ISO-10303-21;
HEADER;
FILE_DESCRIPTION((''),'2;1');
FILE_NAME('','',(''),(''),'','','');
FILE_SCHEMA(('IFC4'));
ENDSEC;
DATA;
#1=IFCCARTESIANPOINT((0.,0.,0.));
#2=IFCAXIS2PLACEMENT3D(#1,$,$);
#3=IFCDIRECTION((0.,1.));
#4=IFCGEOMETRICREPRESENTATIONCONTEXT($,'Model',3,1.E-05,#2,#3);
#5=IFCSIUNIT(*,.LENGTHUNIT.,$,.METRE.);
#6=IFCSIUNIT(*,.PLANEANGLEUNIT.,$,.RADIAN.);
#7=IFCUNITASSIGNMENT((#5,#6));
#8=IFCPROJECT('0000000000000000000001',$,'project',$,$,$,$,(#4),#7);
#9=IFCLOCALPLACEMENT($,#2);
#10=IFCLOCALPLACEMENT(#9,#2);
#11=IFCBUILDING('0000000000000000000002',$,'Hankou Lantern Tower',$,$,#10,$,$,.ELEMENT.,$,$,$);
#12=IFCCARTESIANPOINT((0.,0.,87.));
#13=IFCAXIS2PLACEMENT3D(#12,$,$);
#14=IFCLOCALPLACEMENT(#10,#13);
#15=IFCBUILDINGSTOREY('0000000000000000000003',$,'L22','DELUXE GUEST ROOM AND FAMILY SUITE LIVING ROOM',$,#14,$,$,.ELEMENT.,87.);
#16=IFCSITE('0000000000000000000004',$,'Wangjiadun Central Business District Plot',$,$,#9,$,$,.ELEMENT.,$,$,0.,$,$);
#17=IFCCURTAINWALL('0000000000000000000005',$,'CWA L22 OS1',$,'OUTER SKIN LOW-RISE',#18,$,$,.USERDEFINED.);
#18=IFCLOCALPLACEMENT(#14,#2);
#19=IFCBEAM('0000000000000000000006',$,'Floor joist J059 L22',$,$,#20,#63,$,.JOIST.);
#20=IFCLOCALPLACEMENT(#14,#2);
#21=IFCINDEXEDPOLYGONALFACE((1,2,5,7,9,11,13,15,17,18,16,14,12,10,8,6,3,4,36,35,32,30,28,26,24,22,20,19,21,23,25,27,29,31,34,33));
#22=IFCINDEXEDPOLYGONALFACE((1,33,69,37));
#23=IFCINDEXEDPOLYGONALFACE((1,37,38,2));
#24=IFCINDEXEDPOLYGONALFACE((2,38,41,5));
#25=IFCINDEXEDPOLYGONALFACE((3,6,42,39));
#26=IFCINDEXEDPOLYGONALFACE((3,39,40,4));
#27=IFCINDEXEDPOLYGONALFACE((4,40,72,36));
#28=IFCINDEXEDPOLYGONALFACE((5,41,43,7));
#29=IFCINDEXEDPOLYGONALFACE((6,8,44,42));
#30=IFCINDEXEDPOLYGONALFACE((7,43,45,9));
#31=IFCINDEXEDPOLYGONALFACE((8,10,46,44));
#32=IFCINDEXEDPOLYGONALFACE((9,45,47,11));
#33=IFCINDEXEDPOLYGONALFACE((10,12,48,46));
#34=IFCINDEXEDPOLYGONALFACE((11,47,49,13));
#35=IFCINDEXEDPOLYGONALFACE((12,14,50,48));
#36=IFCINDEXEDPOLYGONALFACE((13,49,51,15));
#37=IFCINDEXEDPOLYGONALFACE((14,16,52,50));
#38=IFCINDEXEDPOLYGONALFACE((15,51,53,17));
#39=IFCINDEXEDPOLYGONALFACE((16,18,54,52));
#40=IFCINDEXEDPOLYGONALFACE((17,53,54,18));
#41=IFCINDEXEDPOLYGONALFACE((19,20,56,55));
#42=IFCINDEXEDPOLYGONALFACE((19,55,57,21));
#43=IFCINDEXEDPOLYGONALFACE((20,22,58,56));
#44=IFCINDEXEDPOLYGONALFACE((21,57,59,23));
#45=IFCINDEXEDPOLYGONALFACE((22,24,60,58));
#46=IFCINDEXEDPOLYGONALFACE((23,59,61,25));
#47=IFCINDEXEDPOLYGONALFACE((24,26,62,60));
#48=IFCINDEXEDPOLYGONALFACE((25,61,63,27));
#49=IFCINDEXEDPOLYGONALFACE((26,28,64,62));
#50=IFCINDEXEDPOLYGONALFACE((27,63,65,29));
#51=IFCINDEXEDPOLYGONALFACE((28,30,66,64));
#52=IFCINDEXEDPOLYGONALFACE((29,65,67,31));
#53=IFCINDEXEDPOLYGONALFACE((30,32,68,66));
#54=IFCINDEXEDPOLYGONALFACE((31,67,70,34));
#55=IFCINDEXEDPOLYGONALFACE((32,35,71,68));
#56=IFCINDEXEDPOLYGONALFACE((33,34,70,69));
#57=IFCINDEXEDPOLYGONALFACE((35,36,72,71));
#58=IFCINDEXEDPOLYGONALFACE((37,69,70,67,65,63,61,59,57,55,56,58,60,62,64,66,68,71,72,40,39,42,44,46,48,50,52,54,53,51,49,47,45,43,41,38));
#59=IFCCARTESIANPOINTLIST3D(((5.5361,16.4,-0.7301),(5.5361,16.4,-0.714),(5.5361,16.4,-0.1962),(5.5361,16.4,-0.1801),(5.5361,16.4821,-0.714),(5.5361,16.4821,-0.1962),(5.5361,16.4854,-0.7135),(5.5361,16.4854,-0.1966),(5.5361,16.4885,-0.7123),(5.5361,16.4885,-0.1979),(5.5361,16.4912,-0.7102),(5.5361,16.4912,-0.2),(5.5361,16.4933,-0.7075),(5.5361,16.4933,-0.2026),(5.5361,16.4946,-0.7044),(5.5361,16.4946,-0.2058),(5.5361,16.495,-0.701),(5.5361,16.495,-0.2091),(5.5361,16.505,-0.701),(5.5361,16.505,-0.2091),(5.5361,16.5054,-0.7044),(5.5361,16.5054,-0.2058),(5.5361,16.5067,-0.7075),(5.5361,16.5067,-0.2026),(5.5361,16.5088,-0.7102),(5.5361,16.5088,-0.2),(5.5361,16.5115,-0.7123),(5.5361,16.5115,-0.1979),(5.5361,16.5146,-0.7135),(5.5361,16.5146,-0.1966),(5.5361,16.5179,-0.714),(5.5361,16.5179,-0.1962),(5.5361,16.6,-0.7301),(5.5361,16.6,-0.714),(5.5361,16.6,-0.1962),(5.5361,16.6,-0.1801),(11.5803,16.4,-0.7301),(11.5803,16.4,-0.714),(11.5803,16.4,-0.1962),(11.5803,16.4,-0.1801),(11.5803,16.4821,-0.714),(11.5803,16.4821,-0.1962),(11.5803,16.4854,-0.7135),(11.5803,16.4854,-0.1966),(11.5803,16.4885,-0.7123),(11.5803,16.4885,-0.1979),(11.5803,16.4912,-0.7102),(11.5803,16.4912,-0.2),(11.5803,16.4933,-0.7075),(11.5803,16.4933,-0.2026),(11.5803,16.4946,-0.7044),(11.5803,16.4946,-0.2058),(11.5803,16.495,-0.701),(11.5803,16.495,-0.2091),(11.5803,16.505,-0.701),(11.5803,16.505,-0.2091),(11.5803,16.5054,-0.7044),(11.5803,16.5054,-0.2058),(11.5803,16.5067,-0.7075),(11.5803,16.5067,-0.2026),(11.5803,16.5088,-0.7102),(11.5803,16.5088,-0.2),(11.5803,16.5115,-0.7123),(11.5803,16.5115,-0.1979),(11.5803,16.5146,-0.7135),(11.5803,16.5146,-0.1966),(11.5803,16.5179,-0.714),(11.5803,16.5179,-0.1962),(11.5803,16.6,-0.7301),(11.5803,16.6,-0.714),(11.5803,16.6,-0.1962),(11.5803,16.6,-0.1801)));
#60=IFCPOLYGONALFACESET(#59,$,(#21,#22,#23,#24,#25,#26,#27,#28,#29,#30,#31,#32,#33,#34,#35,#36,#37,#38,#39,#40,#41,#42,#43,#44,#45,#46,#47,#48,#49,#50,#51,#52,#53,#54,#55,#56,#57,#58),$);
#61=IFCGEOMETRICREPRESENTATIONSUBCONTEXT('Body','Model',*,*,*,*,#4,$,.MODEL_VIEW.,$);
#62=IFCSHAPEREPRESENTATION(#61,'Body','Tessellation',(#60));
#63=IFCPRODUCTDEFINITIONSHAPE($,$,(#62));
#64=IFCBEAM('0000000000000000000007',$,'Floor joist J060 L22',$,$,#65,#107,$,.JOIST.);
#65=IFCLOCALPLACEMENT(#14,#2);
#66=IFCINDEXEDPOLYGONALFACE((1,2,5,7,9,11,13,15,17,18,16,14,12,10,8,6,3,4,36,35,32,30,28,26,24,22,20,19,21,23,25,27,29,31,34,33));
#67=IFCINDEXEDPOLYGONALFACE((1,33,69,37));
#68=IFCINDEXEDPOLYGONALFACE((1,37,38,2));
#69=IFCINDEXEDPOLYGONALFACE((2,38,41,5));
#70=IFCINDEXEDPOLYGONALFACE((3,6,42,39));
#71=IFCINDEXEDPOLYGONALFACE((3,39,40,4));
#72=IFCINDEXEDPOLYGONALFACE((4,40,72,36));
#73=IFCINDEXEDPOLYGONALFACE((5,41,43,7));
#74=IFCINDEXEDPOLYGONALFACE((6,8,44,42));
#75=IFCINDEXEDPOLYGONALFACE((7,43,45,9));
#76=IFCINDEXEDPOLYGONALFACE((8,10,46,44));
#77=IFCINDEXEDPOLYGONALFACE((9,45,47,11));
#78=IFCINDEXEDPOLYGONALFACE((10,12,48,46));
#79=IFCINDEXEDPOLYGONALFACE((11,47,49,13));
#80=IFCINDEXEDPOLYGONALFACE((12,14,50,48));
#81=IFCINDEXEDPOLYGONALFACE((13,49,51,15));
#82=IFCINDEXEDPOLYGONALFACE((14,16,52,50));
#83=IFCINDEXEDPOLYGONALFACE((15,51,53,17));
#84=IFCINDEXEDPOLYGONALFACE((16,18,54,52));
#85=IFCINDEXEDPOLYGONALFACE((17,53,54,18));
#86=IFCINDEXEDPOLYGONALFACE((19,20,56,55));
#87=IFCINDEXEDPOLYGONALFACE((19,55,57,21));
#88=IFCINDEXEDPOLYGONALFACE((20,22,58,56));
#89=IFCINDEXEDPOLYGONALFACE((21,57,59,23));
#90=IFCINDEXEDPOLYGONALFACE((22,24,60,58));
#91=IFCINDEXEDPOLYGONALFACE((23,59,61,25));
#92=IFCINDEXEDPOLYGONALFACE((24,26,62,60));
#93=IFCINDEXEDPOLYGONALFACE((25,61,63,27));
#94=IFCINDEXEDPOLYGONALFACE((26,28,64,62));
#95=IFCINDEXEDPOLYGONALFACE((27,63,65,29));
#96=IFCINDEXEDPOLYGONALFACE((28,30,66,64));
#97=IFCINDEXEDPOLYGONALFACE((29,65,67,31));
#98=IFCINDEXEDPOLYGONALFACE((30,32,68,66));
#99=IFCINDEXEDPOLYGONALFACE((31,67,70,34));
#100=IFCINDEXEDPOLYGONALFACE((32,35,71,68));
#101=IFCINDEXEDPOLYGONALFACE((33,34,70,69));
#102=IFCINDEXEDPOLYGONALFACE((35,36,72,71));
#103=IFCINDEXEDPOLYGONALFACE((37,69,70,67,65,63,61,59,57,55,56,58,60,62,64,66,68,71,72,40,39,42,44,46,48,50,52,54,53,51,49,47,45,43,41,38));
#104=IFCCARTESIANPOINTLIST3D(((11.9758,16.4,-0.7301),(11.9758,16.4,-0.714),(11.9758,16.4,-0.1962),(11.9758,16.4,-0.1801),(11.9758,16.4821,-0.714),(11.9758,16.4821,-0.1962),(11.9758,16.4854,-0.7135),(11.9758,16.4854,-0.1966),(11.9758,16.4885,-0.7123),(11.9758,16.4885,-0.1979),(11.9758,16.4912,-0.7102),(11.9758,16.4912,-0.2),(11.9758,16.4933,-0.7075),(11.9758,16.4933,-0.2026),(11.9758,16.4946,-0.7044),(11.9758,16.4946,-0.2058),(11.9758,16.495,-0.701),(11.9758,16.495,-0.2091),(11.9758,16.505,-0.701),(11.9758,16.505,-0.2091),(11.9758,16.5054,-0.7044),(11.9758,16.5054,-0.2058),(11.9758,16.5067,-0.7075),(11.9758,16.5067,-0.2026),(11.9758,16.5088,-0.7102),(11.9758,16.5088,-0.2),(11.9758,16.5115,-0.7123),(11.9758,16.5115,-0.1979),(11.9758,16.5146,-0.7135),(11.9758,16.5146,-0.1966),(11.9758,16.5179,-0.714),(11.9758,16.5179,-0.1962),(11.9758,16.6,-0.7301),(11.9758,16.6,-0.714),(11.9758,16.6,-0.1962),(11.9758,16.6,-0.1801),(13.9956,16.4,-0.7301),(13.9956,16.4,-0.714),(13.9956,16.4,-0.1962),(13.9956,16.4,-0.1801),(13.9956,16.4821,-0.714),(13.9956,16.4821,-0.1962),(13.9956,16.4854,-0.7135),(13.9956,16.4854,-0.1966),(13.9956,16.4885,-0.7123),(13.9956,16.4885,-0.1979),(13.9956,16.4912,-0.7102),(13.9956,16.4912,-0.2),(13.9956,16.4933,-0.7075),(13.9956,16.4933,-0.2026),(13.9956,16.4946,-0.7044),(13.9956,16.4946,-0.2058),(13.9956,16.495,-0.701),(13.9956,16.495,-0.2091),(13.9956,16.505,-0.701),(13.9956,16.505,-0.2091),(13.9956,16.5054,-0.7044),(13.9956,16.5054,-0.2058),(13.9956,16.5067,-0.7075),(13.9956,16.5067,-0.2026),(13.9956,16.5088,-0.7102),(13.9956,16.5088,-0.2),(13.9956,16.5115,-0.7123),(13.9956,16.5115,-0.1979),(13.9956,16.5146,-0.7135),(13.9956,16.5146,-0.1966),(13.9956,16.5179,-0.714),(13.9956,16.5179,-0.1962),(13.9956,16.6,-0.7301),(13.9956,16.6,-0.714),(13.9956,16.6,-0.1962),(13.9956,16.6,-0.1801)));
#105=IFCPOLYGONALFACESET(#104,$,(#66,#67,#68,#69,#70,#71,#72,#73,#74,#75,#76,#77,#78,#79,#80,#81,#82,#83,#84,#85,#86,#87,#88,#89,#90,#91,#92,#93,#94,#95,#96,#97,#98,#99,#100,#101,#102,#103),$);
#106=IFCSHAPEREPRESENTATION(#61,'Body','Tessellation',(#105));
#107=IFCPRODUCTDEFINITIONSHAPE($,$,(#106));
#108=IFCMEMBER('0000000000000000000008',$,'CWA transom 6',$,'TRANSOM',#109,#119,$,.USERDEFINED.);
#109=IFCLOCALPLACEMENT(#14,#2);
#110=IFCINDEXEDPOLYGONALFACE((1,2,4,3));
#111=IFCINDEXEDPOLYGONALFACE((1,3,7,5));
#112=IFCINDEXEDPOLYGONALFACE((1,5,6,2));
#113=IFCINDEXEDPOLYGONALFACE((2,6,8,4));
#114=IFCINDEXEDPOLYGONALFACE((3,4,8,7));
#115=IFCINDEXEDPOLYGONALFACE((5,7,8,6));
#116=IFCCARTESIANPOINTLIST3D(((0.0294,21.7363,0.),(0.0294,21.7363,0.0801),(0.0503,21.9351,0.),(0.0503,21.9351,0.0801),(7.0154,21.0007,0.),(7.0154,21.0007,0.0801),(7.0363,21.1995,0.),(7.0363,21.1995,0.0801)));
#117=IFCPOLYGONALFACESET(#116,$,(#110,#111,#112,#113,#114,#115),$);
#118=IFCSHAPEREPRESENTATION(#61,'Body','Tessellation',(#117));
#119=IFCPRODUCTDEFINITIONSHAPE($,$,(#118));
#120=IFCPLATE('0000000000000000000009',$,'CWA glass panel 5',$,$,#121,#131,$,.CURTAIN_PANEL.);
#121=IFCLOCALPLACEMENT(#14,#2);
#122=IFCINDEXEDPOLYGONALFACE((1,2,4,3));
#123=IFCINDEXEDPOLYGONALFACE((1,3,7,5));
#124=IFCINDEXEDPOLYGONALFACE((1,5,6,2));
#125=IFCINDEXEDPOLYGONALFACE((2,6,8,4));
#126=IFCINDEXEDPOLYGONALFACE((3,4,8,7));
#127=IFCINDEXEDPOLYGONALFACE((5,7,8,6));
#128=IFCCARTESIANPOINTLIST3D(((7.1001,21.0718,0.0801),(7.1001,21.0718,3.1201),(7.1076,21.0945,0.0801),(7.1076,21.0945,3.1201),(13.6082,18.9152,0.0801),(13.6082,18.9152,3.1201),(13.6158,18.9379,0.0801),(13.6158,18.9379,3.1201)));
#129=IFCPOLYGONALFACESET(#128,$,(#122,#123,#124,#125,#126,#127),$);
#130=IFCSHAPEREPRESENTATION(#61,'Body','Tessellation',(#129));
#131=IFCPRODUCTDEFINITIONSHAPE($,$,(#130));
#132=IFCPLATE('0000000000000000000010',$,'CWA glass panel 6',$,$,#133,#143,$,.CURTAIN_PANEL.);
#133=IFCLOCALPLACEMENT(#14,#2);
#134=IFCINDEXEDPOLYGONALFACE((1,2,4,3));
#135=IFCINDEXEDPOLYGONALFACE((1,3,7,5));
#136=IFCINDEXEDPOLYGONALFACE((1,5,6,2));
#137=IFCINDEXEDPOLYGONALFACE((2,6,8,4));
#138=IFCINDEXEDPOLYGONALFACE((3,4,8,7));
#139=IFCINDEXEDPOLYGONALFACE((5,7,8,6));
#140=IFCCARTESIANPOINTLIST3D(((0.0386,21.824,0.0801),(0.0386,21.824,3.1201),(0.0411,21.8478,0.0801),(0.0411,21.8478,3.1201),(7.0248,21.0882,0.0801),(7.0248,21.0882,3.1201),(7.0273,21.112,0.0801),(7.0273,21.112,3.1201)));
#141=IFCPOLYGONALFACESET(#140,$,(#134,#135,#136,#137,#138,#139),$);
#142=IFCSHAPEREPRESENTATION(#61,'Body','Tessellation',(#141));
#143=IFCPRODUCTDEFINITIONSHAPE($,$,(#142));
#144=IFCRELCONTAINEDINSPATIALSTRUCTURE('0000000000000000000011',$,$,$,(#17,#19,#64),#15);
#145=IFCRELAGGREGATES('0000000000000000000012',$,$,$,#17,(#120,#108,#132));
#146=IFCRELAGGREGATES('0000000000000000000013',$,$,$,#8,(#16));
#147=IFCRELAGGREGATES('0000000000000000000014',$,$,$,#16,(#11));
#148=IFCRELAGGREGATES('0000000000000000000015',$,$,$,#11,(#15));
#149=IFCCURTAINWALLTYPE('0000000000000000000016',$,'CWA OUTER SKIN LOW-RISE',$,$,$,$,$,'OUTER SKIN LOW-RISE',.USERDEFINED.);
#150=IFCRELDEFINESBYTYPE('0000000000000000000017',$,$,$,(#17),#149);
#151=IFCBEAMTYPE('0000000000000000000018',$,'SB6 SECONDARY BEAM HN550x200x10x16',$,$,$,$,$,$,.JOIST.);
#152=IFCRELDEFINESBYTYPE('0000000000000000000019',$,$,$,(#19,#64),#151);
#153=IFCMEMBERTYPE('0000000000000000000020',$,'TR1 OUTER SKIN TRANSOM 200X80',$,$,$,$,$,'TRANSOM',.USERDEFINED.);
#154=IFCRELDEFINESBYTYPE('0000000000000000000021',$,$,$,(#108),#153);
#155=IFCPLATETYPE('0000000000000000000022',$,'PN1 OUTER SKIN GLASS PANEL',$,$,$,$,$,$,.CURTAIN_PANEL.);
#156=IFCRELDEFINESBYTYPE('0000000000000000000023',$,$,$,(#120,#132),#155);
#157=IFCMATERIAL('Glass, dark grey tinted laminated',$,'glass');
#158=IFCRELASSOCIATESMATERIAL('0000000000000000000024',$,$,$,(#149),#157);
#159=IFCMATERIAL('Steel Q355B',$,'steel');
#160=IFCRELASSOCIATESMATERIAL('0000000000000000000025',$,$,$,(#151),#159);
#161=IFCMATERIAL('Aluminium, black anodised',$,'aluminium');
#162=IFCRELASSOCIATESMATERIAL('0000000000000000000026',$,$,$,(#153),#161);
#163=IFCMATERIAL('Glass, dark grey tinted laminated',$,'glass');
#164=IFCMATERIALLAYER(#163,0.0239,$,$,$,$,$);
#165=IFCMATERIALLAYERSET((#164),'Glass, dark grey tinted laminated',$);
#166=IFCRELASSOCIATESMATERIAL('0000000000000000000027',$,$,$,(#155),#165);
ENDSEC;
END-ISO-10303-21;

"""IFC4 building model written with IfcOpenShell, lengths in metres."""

from ifc_helpers import new_model, si_unit, direction, frame, origin, origin_2d, place, context, subcontext, project, spatial, rectangle, i_section, extrude, material, layer, layer_set, material_profile, profile_set, type_object, element, aggregate, save


model = new_model("IFC4")

# Units and contexts
model_context = context("Model", 3, precision=1e-05, world=origin(), true_north=direction((0.0, 1.0)))
body_context = subcontext(model_context, "Body", "Model", "MODEL_VIEW")
ifc_project = project(units=[si_unit("LENGTHUNIT", "METRE"), si_unit("PLANEANGLEUNIT", "RADIAN")], contexts=[model_context])

# Site, building, storey
site_placement = place(None, origin())
site = spatial("IfcSite", under=ifc_project, at=site_placement, Name="Wangjiadun Central Business District Plot", CompositionType="ELEMENT", RefElevation=0.0)
building_placement = place(site_placement, origin())
building = spatial("IfcBuilding", under=site, at=building_placement, Name="Hankou Lantern Tower", CompositionType="ELEMENT")
storey_placement = place(building_placement, frame((0.0, 0.0, 87.0)))
storey = spatial("IfcBuildingStorey", under=building, at=storey_placement, Name="L22", Description="DELUXE GUEST ROOM AND FAMILY SUITE LIVING ROOM", CompositionType="ELEMENT", Elevation=87.0)

# Curtain wall
ifc_material_1 = material(Name="Glass, dark grey tinted laminated", Category="glass")
curtain_wall_type = type_object("IfcCurtainWallType", Name="CWA OUTER SKIN LOW-RISE", ElementType="OUTER SKIN LOW-RISE", PredefinedType="USERDEFINED", material=ifc_material_1)
curtain_wall_1_placement = place(storey_placement, origin())
curtain_wall_1 = element("IfcCurtainWall", 1, at=curtain_wall_1_placement, inside=storey, type_object=curtain_wall_type, Name="CWA L22 OS1", ObjectType="OUTER SKIN LOW-RISE", PredefinedType="USERDEFINED")

# Beams
ifc_material_2 = material(Name="Steel Q355B", Category="steel")
ifc_material_profile_1 = material_profile(ifc_material_2, i_section(OverallWidth=0.2, OverallDepth=0.55, WebThickness=0.01, FlangeThickness=0.0161, FilletRadius=0.0129, at=origin_2d()), Name="HN550x200x10x16")
ifc_profile_set_1 = profile_set([ifc_material_profile_1], Name="Steel Q355B")
beam_type_1 = type_object("IfcBeamType", Name="SB6 SECONDARY BEAM HN550x200x10x16", PredefinedType="JOIST", material=ifc_profile_set_1)
beam_1_placement = place(storey_placement, frame((5.5361, 16.5, -0.4551), z_axis=(1.0, 0.0, 0.0), x_axis=(0.0, 1.0, 0.0)))
element("IfcBeam", 2, at=beam_1_placement, inside=storey, type_object=beam_type_1, Name="Floor joist J059 L22", PredefinedType="JOIST", context=body_context, shape_type="SweptSolid", body=[
    extrude(i_section(OverallWidth=0.2, OverallDepth=0.55, WebThickness=0.01, FlangeThickness=0.0161, FilletRadius=0.0129, at=origin_2d()), origin(), (0.0, 0.0, 1.0), 6.0442),
])
beam_2_placement = place(storey_placement, frame((11.9758, 16.5, -0.4551), z_axis=(1.0, 0.0, 0.0), x_axis=(0.0, 1.0, 0.0)))
element("IfcBeam", 3, at=beam_2_placement, inside=storey, type_object=beam_type_1, Name="Floor joist J060 L22", PredefinedType="JOIST", context=body_context, shape_type="SweptSolid", body=[
    extrude(i_section(OverallWidth=0.2, OverallDepth=0.55, WebThickness=0.01, FlangeThickness=0.0161, FilletRadius=0.0129, at=origin_2d()), origin(), (0.0, 0.0, 1.0), 2.0198),
])

# Member
ifc_material_3 = material(Name="Aluminium, black anodised", Category="aluminium")
ifc_material_profile_2 = material_profile(ifc_material_3, rectangle(XDim=0.2, YDim=0.0801, at=origin_2d()), Name="TR1 200X80")
ifc_profile_set_2 = profile_set([ifc_material_profile_2], Name="Aluminium, black anodised")
member_type_1 = type_object("IfcMemberType", Name="TR1 OUTER SKIN TRANSOM 200X80", ElementType="TRANSOM", PredefinedType="USERDEFINED", material=ifc_profile_set_2)
member_1_placement = place(storey_placement, frame((7.0259, 21.1001, 0.04), z_axis=(-0.994502, 0.104716, 0.0), x_axis=(-0.104716, -0.994502, 0.0)))
member_1 = element("IfcMember", 4, at=member_1_placement, type_object=member_type_1, Name="CWA transom 6", ObjectType="TRANSOM", PredefinedType="USERDEFINED", context=body_context, shape_type="SweptSolid", body=[
    extrude(rectangle(XDim=0.2, YDim=0.0801, at=origin_2d()), origin(), (0.0, 0.0, 1.0), 7.0247),
])

# Plates
ifc_material_4 = material(Name="Glass, dark grey tinted laminated", Category="glass")
ifc_layer_1 = layer(ifc_material_4, 0.0239)
ifc_layer_set_1 = layer_set([ifc_layer_1], Name="Glass, dark grey tinted laminated")
plate_type = type_object("IfcPlateType", Name="PN1 OUTER SKIN GLASS PANEL", PredefinedType="CURTAIN_PANEL", material=ifc_layer_set_1)
plate_1_placement = place(storey_placement, frame((10.3579, 20.0049, 0.0801), z_axis=(0.0, 0.0, 1.0), x_axis=(-0.949241, 0.314551, 0.0)))
plate_1 = element("IfcPlate", 5, at=plate_1_placement, type_object=plate_type, Name="CWA glass panel 5", PredefinedType="CURTAIN_PANEL", context=body_context, shape_type="SweptSolid", body=[
    extrude(rectangle(XDim=6.8562, YDim=0.0239, at=origin_2d()), origin(), (0.0, 0.0, 1.0), 3.04),
])
plate_2_placement = place(storey_placement, frame((3.533, 21.468, 0.0801), z_axis=(0.0, 0.0, 1.0), x_axis=(-0.994499, 0.104743, 0.0)))
plate_2 = element("IfcPlate", 6, at=plate_2_placement, type_object=plate_type, Name="CWA glass panel 6", PredefinedType="CURTAIN_PANEL", context=body_context, shape_type="SweptSolid", body=[
    extrude(rectangle(XDim=7.0249, YDim=0.0239, at=origin_2d()), origin(), (0.0, 0.0, 1.0), 3.04),
])
aggregate(curtain_wall_1, [plate_1, member_1, plate_2])

save(model, "model.ifc")
